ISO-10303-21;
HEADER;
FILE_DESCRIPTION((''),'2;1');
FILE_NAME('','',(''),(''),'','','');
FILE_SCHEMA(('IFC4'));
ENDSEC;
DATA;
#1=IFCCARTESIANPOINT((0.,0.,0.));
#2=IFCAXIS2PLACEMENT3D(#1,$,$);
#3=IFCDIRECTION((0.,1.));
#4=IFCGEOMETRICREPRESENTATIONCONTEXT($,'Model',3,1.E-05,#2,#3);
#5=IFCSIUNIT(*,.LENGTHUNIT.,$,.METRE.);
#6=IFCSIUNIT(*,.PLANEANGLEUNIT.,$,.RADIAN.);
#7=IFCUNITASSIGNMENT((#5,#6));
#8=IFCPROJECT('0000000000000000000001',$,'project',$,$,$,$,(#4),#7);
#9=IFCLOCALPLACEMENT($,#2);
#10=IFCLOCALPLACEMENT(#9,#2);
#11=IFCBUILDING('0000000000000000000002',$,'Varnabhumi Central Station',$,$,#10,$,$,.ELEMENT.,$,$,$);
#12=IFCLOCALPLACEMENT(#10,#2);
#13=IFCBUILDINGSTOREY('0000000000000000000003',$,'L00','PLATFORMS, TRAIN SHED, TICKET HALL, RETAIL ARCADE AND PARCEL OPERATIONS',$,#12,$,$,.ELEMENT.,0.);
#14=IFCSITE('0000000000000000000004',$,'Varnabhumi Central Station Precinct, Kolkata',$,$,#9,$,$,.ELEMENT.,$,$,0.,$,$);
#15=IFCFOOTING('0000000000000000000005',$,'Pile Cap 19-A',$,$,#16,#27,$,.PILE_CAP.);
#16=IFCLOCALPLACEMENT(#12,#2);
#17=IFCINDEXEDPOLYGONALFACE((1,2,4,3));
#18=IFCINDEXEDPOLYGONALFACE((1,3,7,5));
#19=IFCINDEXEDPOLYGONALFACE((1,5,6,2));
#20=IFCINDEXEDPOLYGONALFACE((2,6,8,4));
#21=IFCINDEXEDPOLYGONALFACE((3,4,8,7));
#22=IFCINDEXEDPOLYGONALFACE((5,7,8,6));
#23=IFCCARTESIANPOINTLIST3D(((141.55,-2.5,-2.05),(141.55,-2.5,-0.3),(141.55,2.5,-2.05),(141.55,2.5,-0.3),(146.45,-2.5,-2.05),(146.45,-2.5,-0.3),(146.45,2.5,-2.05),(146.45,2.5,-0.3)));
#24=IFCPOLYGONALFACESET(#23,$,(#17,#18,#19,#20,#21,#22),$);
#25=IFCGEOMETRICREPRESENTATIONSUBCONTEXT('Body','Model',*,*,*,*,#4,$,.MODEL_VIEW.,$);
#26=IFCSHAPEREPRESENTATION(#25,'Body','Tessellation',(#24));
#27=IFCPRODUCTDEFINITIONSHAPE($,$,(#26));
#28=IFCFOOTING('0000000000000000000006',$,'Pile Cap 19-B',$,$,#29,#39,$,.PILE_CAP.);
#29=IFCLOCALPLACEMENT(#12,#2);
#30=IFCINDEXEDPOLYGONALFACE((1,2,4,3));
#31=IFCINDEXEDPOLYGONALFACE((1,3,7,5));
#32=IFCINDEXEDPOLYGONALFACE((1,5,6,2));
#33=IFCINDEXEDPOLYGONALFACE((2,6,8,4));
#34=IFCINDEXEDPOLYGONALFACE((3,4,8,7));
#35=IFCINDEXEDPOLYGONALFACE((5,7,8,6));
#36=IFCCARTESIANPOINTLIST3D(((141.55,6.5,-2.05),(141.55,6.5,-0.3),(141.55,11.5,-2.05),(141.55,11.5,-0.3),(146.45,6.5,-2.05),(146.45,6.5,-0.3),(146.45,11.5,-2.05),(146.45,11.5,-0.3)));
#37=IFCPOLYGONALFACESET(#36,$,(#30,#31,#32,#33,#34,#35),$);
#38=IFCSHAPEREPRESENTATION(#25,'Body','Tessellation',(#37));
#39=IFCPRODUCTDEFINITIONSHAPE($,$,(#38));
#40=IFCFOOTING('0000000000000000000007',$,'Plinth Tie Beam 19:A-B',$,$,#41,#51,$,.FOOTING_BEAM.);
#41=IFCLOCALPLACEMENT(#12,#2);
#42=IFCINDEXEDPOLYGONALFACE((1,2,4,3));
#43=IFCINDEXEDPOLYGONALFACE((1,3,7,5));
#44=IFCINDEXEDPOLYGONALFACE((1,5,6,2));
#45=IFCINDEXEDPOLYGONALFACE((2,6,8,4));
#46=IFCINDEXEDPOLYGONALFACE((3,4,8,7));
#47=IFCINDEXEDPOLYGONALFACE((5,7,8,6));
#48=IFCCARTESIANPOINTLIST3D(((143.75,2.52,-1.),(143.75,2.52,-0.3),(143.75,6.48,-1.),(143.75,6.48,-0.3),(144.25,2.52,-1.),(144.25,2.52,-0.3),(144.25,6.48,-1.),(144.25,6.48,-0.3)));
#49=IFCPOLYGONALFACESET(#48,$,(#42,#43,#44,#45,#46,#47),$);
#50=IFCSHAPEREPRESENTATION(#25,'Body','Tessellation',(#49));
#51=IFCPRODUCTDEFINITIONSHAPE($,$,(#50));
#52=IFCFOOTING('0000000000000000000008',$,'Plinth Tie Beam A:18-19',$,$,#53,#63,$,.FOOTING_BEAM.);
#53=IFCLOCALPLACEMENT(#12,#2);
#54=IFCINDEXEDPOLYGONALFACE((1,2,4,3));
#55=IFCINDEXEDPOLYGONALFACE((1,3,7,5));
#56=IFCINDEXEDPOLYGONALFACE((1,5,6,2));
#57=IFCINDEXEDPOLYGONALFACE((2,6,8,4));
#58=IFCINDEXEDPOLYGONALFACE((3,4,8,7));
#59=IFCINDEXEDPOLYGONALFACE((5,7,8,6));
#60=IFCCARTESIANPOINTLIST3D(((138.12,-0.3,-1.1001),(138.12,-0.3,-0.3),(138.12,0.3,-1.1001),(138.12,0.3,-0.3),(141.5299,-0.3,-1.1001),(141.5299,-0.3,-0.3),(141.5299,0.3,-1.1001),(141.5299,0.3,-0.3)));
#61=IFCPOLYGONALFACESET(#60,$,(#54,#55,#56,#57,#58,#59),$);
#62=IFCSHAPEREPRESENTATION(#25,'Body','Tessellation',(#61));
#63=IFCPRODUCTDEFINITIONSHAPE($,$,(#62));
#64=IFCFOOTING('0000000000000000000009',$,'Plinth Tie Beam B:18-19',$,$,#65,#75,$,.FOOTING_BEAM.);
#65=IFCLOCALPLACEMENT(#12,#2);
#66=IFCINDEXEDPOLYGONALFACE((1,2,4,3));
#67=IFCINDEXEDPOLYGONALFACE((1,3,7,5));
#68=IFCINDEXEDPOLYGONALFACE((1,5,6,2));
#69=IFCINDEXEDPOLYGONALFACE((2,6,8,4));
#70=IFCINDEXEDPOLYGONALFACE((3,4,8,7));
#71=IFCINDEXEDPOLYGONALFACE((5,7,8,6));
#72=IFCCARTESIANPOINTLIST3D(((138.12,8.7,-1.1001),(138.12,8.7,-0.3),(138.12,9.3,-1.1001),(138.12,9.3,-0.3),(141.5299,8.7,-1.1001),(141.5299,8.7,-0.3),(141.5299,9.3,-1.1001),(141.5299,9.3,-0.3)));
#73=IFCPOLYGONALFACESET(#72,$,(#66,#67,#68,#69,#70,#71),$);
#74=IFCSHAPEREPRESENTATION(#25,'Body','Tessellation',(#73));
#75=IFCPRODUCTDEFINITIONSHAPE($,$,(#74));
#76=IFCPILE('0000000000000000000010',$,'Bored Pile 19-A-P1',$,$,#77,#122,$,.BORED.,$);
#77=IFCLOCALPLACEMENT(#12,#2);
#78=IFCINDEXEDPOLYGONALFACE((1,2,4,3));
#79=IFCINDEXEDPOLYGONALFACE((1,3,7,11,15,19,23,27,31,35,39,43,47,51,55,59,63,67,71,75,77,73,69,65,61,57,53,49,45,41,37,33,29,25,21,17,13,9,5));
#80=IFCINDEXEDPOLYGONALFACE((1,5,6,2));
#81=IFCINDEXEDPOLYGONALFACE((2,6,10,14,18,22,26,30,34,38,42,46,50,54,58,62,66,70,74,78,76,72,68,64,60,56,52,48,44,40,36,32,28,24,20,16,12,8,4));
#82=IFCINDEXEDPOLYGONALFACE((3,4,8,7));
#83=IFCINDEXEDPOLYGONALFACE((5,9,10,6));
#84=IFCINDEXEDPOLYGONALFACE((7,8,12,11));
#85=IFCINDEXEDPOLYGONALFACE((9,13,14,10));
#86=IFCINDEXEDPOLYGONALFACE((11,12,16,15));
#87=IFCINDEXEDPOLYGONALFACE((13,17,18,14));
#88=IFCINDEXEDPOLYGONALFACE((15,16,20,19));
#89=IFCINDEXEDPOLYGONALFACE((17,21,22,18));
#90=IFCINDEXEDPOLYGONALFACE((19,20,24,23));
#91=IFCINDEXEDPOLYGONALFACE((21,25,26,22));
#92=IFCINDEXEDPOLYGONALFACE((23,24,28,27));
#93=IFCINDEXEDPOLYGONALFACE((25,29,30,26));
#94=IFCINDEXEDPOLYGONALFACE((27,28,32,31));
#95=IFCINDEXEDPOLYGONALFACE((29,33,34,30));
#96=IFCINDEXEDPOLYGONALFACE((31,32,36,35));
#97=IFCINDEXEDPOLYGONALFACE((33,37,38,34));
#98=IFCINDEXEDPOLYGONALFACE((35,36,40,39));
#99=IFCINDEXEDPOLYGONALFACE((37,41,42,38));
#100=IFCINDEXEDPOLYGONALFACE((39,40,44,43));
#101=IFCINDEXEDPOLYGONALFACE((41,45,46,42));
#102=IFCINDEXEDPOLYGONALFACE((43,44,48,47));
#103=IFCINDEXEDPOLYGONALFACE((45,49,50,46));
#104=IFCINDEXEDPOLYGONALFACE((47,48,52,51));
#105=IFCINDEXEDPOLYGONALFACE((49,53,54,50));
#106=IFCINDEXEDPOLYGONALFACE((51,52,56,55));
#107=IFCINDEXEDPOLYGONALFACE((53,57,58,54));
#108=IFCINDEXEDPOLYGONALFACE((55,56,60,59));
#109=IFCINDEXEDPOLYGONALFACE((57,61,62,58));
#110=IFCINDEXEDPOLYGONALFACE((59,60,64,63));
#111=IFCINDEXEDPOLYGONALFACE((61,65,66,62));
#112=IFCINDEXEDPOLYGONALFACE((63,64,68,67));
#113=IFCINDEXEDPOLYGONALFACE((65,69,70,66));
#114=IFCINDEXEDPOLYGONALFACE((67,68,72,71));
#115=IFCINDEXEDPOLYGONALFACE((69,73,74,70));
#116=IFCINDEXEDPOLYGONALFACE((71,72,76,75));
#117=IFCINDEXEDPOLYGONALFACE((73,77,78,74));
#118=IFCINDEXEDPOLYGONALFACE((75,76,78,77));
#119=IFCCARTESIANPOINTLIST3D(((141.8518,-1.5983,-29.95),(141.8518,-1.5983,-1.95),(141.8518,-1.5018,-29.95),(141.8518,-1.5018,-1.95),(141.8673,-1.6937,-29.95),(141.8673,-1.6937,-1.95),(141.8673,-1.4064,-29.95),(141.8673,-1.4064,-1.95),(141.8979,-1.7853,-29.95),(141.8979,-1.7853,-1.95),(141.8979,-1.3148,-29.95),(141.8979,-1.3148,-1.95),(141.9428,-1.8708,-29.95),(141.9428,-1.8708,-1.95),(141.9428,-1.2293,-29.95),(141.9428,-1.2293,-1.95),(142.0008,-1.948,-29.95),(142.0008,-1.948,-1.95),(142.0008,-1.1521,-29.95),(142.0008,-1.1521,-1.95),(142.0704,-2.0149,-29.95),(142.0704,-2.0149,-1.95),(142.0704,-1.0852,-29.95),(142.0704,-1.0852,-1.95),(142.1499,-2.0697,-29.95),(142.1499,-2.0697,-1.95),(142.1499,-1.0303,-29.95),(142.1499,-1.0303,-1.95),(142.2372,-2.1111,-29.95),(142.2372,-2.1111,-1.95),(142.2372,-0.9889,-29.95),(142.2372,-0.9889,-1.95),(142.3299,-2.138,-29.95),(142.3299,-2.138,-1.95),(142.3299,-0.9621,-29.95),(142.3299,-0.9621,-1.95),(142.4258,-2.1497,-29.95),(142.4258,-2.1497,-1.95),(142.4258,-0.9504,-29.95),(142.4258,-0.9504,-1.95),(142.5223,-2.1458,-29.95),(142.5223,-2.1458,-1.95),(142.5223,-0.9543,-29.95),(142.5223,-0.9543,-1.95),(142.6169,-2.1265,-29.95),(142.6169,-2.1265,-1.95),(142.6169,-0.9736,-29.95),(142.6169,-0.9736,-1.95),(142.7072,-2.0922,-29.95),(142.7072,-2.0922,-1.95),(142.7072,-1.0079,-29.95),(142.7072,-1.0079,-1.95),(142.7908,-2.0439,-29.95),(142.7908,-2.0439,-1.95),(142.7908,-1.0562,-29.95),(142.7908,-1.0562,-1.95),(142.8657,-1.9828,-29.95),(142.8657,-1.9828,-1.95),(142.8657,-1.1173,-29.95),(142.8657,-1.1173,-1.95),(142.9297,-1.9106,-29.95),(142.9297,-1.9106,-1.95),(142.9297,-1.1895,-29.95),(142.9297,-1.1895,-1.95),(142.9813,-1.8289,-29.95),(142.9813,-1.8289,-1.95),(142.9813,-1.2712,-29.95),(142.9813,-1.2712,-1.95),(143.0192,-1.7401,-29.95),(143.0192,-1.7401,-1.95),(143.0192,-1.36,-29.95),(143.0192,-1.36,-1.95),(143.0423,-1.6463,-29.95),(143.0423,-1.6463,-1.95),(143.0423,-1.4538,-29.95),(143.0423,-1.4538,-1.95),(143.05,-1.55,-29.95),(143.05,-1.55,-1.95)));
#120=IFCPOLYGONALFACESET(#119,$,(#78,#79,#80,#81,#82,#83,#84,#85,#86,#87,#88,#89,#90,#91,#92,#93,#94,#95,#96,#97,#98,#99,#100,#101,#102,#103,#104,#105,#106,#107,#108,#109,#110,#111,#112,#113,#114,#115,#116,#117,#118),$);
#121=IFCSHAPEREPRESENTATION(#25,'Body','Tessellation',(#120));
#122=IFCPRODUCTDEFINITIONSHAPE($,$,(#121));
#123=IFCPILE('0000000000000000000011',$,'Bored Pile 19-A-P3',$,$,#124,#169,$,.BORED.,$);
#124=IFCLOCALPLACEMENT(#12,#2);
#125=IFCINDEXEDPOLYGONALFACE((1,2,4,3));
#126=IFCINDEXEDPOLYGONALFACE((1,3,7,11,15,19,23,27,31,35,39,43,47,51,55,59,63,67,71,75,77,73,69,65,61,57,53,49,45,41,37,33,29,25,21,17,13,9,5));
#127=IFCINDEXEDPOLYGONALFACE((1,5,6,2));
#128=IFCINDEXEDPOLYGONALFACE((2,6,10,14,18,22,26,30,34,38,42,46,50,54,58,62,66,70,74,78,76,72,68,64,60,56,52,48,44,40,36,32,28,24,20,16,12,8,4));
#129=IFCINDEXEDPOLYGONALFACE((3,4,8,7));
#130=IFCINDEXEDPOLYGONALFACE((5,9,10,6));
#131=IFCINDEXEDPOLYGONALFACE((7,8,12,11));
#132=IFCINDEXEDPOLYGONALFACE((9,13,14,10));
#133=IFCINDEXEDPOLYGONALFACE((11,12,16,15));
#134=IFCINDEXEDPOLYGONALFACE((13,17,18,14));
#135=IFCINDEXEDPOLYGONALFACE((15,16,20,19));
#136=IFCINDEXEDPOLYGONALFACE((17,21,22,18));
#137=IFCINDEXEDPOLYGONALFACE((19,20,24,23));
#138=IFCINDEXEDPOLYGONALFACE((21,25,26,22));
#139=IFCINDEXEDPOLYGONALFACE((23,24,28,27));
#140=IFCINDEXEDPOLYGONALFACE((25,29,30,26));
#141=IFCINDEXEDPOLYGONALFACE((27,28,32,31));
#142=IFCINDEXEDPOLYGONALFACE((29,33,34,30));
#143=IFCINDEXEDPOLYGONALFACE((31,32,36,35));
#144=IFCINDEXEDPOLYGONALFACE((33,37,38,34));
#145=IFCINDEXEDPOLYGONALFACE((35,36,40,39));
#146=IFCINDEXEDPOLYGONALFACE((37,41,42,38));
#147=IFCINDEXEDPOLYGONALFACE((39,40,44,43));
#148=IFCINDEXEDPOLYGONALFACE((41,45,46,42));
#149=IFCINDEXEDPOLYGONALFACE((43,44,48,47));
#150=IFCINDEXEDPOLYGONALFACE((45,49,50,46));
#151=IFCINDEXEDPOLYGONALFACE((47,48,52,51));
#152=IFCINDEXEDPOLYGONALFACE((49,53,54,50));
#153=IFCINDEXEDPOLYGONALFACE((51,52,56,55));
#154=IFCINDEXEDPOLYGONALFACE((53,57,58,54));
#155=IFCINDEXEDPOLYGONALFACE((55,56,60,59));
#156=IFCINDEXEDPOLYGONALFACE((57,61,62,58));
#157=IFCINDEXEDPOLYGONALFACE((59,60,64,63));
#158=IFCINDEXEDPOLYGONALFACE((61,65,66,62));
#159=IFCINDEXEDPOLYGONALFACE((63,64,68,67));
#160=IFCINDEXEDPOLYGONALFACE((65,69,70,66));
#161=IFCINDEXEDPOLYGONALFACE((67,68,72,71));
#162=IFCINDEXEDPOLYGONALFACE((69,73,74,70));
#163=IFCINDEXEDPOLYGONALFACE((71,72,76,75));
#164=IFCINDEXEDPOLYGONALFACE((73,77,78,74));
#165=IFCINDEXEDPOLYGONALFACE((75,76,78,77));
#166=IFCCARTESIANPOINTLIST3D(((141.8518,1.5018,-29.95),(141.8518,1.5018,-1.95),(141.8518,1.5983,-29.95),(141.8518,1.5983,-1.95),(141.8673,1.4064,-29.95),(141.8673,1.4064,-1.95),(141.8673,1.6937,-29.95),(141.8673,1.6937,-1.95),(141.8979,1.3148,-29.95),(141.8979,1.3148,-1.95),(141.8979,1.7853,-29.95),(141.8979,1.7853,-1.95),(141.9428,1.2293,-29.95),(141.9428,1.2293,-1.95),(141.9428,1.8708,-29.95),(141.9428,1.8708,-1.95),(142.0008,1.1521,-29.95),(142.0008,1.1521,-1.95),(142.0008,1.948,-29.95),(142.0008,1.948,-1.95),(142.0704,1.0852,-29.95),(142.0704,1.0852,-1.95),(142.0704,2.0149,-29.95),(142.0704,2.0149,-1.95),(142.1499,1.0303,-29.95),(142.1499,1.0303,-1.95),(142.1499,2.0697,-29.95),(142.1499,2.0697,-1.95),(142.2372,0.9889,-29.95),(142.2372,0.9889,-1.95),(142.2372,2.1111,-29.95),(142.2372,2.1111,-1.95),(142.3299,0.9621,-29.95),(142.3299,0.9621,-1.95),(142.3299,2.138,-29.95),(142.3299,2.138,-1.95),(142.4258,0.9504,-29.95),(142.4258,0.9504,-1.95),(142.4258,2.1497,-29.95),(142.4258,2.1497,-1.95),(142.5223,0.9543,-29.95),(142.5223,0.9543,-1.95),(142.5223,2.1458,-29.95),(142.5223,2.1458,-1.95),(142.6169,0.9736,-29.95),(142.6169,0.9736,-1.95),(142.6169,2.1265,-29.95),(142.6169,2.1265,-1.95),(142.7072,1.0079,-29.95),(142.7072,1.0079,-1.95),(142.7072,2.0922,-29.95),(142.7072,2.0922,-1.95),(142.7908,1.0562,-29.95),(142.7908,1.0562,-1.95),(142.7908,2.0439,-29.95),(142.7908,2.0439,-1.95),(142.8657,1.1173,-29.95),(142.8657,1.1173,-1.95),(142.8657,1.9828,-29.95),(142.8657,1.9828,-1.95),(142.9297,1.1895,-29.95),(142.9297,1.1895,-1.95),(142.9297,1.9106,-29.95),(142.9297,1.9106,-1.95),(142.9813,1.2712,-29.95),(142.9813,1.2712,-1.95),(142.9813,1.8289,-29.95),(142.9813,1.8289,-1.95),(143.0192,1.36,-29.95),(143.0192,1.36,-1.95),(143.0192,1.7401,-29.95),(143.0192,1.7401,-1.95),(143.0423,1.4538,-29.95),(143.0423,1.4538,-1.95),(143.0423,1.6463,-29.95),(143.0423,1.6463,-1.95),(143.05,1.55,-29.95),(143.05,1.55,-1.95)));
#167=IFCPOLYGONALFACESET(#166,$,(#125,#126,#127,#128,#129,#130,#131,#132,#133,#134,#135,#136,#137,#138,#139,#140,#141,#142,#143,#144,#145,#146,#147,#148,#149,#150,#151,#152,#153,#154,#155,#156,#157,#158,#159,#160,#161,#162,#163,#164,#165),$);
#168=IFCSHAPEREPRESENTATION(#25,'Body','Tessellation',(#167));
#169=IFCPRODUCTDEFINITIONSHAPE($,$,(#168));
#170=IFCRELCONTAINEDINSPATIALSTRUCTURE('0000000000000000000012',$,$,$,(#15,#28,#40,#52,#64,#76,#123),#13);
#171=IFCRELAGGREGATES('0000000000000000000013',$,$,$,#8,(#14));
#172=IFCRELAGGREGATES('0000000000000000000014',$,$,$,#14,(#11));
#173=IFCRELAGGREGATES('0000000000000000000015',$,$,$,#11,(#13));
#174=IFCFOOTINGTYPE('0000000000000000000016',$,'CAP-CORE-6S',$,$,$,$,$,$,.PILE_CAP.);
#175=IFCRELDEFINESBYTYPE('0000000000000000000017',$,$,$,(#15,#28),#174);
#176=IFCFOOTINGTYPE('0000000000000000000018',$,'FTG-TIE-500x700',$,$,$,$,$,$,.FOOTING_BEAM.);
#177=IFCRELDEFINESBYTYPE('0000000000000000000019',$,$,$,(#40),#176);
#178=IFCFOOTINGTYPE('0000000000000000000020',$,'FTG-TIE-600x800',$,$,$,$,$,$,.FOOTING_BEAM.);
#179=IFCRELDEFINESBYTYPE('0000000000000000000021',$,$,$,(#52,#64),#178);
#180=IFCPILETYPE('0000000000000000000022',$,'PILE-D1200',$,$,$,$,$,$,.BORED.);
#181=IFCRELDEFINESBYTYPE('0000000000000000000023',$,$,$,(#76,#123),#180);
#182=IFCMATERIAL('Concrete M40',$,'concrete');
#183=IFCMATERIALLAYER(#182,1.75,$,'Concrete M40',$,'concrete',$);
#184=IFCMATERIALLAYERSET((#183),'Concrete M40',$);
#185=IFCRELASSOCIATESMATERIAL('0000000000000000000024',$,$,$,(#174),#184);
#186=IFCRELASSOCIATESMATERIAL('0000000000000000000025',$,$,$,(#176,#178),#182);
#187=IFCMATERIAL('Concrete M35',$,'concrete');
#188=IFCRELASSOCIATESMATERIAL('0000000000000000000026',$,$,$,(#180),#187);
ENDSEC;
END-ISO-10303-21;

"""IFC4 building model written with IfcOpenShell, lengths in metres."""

from ifc_helpers import new_model, si_unit, direction, frame, origin, origin_2d, place, context, subcontext, project, spatial, rectangle, circle, extrude, material, layer, layer_set, material_profile, profile_set, type_object, element, save


model = new_model("IFC4")

# Units and contexts
model_context = context("Model", 3, precision=1e-05, world=origin(), true_north=direction((0.0, 1.0)))
body_context = subcontext(model_context, "Body", "Model", "MODEL_VIEW")
ifc_project = project(units=[si_unit("LENGTHUNIT", "METRE"), si_unit("PLANEANGLEUNIT", "RADIAN")], contexts=[model_context])

# Site, building, storey
site_placement = place(None, origin())
site = spatial("IfcSite", under=ifc_project, at=site_placement, Name="Varnabhumi Central Station Precinct, Kolkata", CompositionType="ELEMENT", RefElevation=0.0)
building_placement = place(site_placement, origin())
building = spatial("IfcBuilding", under=site, at=building_placement, Name="Varnabhumi Central Station", CompositionType="ELEMENT")
storey_placement = place(building_placement, origin())
storey = spatial("IfcBuildingStorey", under=building, at=storey_placement, Name="L00", Description="PLATFORMS, TRAIN SHED, TICKET HALL, RETAIL ARCADE AND PARCEL OPERATIONS", CompositionType="ELEMENT", Elevation=0.0)

# Footings
ifc_material_1 = material(Name="Concrete M40", Category="concrete")
ifc_layer_1 = layer(ifc_material_1, 1.75, Name="Concrete M40", Category="concrete")
ifc_layer_set_1 = layer_set([ifc_layer_1], Name="Concrete M40")
footing_type_1 = type_object("IfcFootingType", Name="CAP-CORE-6S", PredefinedType="PILE_CAP", material=ifc_layer_set_1)
for number, where, z_axis, x_axis, name in (
    (1, (144.0, 0.0, -2.05), (0.0, 0.0, 1.0), (1.0, 0.0, 0.0), "Pile Cap 19-A"),
    (2, (144.0, 9.0, -2.05), (0.0, 0.0, 1.0), (1.0, 0.0, 0.0), "Pile Cap 19-B"),
):
    element("IfcFooting", number, at=place(storey_placement, frame(where, z_axis=z_axis, x_axis=x_axis)), inside=storey, type_object=footing_type_1, Name=name, PredefinedType="PILE_CAP", context=body_context, shape_type="SweptSolid", body=[
        extrude(rectangle(XDim=4.8999, YDim=5.0, at=origin_2d()), origin(), (0.0, 0.0, 1.0), 1.75),
    ])
footing_type_2 = type_object("IfcFootingType", Name="FTG-TIE-500x700", PredefinedType="FOOTING_BEAM", material=ifc_material_1)
footing_placement = place(storey_placement, frame((144.0, 4.5, -1.0), z_axis=(0.0, 0.0, 1.0), x_axis=(1.0, 0.0, 0.0)))
element("IfcFooting", 3, at=footing_placement, inside=storey, type_object=footing_type_2, Name="Plinth Tie Beam 19:A-B", PredefinedType="FOOTING_BEAM", context=body_context, shape_type="SweptSolid", body=[
    extrude(rectangle(XDim=0.5, YDim=3.96, at=origin_2d()), origin(), (0.0, 0.0, 1.0), 0.7),
])
footing_type_3 = type_object("IfcFootingType", Name="FTG-TIE-600x800", PredefinedType="FOOTING_BEAM", material=ifc_material_1)
for number, where, z_axis, x_axis, name in (
    (4, (139.825, 0.0, -1.1001), (0.0, 0.0, 1.0), (1.0, 0.0, 0.0), "Plinth Tie Beam A:18-19"),
    (5, (139.825, 9.0, -1.1001), (0.0, 0.0, 1.0), (1.0, 0.0, 0.0), "Plinth Tie Beam B:18-19"),
):
    element("IfcFooting", number, at=place(storey_placement, frame(where, z_axis=z_axis, x_axis=x_axis)), inside=storey, type_object=footing_type_3, Name=name, PredefinedType="FOOTING_BEAM", context=body_context, shape_type="SweptSolid", body=[
        extrude(rectangle(XDim=3.4099, YDim=0.6001, at=origin_2d()), origin(), (0.0, 0.0, 1.0), 0.8),
    ])

# Piles
ifc_material_2 = material(Name="Concrete M35", Category="concrete")
ifc_material_profile_1 = material_profile(ifc_material_2, circle(Radius=0.6001, at=origin_2d()), Name="Concrete M35", Category="concrete")
ifc_profile_set_1 = profile_set([ifc_material_profile_1], Name="Concrete M35")
pile_type = type_object("IfcPileType", Name="PILE-D1200", PredefinedType="BORED", material=ifc_profile_set_1)
for number, where, z_axis, x_axis, name in (
    (6, (142.45, -1.55, -1.95), (0.0, 0.0, -1.0), (1.0, 0.0, 0.0), "Bored Pile 19-A-P1"),
    (7, (142.45, 1.55, -1.95), (0.0, 0.0, -1.0), (1.0, 0.0, 0.0), "Bored Pile 19-A-P3"),
):
    element("IfcPile", number, at=place(storey_placement, frame(where, z_axis=z_axis, x_axis=x_axis)), inside=storey, type_object=pile_type, Name=name, PredefinedType="BORED", context=body_context, shape_type="SweptSolid", body=[
        extrude(circle(Radius=0.6001, at=origin_2d()), origin(), (0.0, 0.0, 1.0), 28.0),
    ])

save(model, "model.ifc")
